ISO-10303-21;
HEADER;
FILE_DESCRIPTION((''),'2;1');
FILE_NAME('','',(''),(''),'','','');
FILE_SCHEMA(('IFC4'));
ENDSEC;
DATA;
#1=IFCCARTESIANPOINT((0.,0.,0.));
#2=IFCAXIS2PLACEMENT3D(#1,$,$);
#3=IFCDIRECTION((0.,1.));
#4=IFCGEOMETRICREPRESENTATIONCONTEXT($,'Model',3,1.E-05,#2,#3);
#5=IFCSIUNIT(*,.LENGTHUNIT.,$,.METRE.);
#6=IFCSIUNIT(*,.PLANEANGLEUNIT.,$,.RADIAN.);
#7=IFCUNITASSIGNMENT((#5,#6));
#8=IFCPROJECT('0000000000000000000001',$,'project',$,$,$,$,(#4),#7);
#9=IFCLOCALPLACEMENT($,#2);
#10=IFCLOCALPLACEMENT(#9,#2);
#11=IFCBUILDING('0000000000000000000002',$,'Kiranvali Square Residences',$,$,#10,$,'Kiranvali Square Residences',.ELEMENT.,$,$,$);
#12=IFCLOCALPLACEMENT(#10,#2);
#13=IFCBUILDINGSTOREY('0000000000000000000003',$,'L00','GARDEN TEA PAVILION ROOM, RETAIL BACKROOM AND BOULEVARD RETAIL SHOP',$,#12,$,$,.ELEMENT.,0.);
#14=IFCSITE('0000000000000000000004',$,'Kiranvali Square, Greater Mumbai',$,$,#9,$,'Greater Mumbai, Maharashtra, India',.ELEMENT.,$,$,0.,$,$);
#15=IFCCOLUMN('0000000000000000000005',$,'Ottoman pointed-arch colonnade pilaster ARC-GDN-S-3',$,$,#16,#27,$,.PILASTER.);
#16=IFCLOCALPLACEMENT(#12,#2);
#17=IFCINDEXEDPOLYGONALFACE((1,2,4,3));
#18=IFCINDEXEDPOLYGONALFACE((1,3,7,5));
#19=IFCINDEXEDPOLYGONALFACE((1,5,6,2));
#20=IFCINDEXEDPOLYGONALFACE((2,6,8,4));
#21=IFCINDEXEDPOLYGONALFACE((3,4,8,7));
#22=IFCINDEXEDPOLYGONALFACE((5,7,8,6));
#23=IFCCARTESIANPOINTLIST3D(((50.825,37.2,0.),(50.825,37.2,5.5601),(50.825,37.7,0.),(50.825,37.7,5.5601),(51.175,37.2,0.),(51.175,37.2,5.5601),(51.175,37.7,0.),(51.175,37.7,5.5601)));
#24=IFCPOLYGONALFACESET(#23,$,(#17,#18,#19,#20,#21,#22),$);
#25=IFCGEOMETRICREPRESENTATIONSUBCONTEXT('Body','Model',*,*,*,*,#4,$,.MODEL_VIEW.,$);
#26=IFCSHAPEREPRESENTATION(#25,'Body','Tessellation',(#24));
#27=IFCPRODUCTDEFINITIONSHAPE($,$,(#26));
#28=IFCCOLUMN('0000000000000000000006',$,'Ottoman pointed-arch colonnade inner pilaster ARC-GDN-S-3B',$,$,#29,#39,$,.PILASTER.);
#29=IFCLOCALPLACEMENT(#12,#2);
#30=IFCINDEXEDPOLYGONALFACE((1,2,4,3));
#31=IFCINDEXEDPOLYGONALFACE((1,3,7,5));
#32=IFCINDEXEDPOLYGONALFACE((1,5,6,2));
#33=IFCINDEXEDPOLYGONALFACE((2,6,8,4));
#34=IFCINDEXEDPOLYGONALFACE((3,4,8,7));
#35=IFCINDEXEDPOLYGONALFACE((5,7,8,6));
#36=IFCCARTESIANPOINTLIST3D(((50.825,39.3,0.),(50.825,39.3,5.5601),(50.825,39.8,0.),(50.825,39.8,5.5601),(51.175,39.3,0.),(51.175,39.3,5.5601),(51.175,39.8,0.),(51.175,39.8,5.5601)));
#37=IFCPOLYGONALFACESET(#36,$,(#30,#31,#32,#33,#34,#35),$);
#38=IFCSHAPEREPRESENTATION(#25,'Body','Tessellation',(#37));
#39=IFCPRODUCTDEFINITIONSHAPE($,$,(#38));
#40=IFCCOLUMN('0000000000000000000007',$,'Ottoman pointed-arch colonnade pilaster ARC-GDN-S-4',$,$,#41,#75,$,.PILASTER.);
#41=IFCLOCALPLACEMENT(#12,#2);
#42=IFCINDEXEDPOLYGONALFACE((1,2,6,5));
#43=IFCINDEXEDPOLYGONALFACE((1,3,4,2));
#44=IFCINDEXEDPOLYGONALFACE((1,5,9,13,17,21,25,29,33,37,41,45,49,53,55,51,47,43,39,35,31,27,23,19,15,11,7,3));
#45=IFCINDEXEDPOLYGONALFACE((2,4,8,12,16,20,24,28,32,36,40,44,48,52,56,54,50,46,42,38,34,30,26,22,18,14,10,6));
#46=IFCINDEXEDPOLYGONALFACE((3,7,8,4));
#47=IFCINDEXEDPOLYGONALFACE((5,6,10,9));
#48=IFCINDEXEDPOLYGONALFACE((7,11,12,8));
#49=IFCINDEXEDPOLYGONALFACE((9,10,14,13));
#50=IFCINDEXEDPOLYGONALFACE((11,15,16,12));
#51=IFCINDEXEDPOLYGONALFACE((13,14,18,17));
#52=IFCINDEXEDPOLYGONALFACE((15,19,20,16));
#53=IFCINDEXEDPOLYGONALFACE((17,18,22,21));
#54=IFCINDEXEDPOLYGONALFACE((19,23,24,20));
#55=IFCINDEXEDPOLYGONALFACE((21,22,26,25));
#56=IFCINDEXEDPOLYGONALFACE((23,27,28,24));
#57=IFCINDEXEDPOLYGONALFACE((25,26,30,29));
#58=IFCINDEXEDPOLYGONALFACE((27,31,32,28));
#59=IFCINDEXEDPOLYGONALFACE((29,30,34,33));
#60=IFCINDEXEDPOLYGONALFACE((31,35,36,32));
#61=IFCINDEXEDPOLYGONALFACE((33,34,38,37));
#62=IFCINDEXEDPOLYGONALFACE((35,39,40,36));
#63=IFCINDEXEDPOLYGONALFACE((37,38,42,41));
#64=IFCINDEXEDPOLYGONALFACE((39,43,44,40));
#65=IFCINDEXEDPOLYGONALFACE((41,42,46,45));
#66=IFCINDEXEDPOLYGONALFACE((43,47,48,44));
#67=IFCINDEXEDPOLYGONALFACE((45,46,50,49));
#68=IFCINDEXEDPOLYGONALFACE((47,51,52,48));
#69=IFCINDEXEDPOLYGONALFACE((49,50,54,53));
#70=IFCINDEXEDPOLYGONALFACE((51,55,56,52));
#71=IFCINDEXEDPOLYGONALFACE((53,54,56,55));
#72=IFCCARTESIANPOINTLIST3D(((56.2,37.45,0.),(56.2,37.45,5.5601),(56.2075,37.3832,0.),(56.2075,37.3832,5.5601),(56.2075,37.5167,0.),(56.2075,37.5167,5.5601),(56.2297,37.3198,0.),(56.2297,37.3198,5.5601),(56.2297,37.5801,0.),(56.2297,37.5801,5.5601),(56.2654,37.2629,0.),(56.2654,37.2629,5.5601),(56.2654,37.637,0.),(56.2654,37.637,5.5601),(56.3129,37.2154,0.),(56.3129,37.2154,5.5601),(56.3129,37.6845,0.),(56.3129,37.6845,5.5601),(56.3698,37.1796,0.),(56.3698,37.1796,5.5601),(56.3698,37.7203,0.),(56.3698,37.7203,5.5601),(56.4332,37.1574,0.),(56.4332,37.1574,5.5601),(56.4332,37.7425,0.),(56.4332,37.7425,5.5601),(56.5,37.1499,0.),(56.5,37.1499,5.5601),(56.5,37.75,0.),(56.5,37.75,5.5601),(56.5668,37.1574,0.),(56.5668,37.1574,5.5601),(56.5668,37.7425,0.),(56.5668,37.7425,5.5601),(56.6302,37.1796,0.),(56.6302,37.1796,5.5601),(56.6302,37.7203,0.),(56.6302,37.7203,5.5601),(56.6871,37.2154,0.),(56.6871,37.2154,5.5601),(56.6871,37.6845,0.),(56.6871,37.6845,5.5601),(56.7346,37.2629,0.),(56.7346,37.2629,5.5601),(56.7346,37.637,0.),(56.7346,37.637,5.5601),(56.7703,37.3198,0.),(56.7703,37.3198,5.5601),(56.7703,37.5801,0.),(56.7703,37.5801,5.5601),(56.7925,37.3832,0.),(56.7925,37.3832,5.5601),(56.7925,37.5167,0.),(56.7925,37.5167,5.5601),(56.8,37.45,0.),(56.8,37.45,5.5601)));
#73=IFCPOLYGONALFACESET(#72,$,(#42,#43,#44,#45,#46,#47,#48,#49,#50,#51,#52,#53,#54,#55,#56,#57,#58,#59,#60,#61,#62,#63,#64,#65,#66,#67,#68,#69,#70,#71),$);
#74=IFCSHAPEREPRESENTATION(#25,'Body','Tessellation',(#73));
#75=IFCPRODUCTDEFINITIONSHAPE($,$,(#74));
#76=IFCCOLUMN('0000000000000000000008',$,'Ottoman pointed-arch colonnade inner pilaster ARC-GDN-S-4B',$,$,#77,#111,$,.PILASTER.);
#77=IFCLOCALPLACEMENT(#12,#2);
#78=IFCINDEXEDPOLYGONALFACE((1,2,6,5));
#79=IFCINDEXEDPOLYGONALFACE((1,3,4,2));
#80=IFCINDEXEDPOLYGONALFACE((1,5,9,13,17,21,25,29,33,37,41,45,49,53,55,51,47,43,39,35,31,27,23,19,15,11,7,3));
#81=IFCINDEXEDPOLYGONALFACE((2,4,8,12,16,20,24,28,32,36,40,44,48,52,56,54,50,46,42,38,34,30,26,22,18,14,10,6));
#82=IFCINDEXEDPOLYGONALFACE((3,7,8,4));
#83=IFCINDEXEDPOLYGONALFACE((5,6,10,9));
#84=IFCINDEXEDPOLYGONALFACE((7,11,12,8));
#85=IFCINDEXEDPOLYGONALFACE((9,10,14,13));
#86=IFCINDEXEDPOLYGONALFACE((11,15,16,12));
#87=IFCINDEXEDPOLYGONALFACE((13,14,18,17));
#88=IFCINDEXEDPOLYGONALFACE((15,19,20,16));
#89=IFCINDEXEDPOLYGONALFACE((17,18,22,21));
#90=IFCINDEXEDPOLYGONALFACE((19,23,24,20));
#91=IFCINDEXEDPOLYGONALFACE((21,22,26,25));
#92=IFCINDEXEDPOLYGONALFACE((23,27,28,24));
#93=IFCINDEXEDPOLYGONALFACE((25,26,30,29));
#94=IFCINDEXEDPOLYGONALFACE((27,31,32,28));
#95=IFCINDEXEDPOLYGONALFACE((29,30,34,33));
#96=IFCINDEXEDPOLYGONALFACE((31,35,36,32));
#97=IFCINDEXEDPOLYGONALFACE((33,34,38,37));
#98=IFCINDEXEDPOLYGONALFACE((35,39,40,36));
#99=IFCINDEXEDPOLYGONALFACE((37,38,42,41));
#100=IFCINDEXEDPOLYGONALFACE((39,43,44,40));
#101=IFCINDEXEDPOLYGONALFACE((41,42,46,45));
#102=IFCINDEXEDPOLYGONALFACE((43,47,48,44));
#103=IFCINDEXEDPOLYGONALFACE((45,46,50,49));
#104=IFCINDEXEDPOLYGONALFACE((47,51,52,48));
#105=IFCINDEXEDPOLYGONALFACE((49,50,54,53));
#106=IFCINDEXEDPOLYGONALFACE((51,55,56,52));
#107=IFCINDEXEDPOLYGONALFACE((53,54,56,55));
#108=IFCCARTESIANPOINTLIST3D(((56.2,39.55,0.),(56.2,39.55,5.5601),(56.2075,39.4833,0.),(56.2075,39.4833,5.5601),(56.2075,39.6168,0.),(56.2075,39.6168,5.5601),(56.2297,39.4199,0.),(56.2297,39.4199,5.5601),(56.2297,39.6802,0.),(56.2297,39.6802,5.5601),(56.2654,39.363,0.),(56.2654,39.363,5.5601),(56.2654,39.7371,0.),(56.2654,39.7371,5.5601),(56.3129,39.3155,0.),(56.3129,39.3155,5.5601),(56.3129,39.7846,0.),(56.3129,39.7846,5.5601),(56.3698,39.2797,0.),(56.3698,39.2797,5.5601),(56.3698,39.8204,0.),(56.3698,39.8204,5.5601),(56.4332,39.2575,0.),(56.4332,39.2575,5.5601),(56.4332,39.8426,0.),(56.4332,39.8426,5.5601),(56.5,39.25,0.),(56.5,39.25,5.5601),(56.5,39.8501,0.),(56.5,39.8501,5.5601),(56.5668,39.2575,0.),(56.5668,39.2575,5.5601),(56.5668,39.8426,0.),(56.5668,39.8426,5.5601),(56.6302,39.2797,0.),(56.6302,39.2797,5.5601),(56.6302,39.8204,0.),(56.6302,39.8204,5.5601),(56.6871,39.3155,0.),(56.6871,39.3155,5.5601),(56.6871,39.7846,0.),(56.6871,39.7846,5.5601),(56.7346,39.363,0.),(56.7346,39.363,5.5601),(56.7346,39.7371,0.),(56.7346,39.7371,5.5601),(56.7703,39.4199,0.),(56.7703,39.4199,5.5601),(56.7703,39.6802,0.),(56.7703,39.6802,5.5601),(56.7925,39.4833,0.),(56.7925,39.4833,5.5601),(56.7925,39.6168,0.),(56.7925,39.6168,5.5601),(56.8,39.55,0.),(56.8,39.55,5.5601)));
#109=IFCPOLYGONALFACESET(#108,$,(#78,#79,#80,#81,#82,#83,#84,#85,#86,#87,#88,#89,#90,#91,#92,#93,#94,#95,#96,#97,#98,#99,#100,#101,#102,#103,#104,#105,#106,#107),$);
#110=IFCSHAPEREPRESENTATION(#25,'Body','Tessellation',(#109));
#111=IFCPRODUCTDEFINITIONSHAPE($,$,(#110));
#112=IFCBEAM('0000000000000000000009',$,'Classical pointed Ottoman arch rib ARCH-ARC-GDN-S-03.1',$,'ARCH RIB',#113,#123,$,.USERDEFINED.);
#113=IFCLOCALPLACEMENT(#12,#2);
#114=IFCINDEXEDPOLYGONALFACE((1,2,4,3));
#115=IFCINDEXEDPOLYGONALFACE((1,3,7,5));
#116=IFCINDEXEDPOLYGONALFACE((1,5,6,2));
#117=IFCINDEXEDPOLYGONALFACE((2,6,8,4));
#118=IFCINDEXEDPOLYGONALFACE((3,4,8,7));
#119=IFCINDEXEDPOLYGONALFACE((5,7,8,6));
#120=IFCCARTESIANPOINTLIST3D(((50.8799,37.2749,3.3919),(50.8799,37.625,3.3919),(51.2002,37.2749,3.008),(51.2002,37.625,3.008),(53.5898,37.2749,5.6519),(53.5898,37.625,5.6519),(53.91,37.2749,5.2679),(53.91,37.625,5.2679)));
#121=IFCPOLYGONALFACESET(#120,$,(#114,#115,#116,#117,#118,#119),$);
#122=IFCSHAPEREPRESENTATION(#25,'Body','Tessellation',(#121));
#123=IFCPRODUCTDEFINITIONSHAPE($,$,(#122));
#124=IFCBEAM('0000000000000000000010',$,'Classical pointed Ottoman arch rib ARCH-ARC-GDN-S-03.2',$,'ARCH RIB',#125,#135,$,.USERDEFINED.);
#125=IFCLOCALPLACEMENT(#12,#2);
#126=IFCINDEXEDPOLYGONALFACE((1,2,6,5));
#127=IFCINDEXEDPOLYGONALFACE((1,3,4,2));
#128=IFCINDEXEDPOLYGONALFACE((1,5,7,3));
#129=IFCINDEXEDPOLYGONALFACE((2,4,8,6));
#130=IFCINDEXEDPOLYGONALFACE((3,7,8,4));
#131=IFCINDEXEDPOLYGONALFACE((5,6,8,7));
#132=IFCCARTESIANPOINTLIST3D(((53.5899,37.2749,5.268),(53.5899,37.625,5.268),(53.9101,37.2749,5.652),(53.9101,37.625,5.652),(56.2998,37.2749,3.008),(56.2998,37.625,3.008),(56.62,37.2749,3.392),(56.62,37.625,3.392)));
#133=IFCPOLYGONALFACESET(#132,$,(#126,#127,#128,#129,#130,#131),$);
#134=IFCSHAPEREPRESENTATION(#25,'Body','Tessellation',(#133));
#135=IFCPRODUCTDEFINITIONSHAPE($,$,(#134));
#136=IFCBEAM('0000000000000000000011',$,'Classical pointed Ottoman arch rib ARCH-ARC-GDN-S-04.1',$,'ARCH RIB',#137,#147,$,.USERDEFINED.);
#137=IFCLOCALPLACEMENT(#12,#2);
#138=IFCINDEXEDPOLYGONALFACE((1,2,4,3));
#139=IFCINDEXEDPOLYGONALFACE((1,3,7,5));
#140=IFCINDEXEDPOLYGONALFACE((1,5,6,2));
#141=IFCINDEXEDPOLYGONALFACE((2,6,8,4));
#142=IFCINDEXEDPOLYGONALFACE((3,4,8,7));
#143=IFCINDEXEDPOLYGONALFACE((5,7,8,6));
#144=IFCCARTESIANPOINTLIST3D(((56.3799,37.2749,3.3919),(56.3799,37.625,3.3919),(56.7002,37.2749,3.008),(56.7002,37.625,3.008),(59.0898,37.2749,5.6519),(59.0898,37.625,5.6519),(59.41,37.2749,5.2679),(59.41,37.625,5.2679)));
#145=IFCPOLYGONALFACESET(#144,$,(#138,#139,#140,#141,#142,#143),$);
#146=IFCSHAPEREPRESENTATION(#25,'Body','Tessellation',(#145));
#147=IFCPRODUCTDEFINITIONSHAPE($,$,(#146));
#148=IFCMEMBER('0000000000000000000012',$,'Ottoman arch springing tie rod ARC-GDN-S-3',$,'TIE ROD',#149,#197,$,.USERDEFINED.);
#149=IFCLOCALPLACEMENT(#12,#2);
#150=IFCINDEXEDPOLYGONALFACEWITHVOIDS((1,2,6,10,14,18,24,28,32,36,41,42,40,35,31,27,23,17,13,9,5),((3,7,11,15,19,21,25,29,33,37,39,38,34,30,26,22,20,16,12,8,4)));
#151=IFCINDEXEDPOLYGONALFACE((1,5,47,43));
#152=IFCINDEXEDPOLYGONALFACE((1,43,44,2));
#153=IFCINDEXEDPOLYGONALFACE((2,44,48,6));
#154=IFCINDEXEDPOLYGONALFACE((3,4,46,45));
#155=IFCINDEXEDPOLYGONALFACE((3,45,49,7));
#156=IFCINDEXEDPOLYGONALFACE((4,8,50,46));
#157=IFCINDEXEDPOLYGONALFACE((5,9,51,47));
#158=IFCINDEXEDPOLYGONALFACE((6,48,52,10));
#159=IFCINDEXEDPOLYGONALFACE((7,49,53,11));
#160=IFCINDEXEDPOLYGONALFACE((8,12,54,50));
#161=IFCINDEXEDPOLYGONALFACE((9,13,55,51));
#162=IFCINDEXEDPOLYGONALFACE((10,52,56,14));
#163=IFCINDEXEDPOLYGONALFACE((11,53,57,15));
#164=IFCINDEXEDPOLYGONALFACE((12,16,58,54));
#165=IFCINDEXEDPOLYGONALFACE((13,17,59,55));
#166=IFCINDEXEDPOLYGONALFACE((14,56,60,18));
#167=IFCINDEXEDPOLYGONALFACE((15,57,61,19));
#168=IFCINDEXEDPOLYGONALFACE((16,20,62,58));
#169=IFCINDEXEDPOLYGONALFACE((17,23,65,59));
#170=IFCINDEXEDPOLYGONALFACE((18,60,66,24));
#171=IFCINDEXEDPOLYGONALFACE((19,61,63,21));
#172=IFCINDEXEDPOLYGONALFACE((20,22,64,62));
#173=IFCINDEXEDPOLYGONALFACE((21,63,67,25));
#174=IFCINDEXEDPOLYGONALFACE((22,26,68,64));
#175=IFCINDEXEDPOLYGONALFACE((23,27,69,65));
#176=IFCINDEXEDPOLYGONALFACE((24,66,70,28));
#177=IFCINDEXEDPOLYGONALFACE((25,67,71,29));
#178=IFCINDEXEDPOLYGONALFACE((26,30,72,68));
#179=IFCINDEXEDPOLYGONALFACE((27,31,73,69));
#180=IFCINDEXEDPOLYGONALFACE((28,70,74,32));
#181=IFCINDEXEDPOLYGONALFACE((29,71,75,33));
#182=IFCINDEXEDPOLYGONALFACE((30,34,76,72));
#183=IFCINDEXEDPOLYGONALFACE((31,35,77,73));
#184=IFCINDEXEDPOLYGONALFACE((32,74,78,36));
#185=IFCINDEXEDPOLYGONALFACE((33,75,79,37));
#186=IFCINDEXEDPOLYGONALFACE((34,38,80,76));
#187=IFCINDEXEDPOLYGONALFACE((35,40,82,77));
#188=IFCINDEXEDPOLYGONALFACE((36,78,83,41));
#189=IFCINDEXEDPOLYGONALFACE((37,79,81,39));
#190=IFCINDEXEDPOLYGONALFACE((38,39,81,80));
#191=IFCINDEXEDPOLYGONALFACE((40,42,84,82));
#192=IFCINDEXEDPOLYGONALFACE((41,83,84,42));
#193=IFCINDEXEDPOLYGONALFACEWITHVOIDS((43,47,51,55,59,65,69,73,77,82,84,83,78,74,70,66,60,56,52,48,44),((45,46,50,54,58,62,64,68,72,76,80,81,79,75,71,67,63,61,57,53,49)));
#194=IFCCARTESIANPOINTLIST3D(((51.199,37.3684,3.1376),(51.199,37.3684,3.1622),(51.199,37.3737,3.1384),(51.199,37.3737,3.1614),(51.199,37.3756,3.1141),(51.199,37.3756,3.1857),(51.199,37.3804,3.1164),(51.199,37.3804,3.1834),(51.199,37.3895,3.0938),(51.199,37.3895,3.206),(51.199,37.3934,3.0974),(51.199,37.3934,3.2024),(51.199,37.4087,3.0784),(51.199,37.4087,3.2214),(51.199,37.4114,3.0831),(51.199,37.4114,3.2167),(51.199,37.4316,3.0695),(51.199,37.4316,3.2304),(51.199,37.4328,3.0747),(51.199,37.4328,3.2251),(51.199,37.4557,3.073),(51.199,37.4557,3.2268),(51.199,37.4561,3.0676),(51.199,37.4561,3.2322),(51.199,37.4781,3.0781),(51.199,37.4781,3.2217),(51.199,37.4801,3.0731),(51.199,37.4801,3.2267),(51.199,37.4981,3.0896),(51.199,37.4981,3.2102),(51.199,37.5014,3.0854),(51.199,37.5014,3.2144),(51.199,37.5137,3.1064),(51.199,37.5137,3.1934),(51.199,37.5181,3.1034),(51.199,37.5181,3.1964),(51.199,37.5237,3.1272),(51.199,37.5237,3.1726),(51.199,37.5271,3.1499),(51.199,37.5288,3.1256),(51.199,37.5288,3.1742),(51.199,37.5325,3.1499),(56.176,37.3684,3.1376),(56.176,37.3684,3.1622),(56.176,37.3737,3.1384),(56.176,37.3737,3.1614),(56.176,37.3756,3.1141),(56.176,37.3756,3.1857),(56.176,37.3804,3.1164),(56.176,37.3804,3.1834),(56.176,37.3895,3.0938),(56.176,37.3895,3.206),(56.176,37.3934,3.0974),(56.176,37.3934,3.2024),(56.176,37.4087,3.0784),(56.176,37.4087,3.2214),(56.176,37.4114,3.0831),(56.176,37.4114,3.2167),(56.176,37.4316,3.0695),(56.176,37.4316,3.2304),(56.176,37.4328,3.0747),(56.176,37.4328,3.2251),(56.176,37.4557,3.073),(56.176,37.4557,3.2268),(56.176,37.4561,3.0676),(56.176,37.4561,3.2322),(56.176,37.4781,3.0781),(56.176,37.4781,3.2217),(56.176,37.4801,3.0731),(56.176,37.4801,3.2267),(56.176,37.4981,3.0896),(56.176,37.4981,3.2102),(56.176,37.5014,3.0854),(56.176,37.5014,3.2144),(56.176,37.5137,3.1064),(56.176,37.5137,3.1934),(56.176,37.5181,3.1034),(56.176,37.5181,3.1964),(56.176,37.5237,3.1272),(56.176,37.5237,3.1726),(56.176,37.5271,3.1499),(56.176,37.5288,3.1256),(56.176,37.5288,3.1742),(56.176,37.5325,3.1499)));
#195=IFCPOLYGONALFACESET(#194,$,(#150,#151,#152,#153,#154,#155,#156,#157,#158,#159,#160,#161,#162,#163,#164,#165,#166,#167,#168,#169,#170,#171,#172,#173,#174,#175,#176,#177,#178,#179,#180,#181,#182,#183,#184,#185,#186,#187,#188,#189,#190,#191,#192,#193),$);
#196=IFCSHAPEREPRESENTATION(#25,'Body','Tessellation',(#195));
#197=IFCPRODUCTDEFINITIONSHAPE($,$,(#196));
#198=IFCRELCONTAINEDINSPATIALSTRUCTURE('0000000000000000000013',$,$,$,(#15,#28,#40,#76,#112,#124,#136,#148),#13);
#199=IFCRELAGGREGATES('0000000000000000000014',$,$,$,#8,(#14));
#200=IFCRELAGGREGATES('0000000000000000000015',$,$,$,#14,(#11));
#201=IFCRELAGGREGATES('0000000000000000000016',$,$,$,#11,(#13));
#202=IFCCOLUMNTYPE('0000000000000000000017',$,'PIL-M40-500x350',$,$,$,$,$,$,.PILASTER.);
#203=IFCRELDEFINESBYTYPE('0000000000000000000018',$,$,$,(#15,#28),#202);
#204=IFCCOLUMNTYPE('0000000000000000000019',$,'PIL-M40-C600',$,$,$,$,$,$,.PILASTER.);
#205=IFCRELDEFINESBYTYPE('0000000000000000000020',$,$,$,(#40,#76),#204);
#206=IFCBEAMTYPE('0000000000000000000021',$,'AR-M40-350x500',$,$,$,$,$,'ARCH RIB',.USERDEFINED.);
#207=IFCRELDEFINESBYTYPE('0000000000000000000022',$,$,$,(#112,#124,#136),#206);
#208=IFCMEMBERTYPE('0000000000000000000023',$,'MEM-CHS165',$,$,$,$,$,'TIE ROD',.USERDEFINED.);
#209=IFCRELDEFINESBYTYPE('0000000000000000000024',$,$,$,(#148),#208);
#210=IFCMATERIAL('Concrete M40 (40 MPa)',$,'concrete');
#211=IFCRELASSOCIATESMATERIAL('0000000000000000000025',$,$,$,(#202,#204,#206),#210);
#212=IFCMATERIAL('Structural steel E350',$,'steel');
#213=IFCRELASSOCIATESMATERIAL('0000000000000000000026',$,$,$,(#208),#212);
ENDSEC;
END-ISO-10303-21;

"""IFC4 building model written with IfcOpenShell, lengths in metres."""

from ifc_helpers import new_model, si_unit, direction, frame, origin, origin_2d, place, context, subcontext, project, spatial, rectangle, circle, hollow_circle, extrude, material, material_profile, profile_set, type_object, element, save


model = new_model("IFC4")

# Units and contexts
model_context = context("Model", 3, precision=1e-05, world=origin(), true_north=direction((0.0, 1.0)))
body_context = subcontext(model_context, "Body", "Model", "MODEL_VIEW")
ifc_project = project(units=[si_unit("LENGTHUNIT", "METRE"), si_unit("PLANEANGLEUNIT", "RADIAN")], contexts=[model_context])

# Site, building, storey
site_placement = place(None, origin())
site = spatial("IfcSite", under=ifc_project, at=site_placement, Name="Kiranvali Square, Greater Mumbai", LongName="Greater Mumbai, Maharashtra, India", CompositionType="ELEMENT", RefElevation=0.0)
building_placement = place(site_placement, origin())
building = spatial("IfcBuilding", under=site, at=building_placement, Name="Kiranvali Square Residences", LongName="Kiranvali Square Residences", CompositionType="ELEMENT")
storey_placement = place(building_placement, origin())
storey = spatial("IfcBuildingStorey", under=building, at=storey_placement, Name="L00", Description="GARDEN TEA PAVILION ROOM, RETAIL BACKROOM AND BOULEVARD RETAIL SHOP", CompositionType="ELEMENT", Elevation=0.0)

# Columns
ifc_material_1 = material(Name="Concrete M40 (40 MPa)", Category="concrete")
ifc_material_profile_1 = material_profile(ifc_material_1, rectangle(XDim=0.3501, YDim=0.5, at=origin_2d()), Name="RC 500x350")
ifc_profile_set_1 = profile_set([ifc_material_profile_1], Name="Concrete M40 (40 MPa)")
column_type_1 = type_object("IfcColumnType", Name="PIL-M40-500x350", PredefinedType="PILASTER", material=ifc_profile_set_1)
for number, where, z_axis, x_axis, name in (
    (1, (51.0, 37.45, 0.0), (0.0, 0.0, 1.0), (1.0, 0.0, 0.0), "Ottoman pointed-arch colonnade pilaster ARC-GDN-S-3"),
    (2, (51.0, 39.55, 0.0), (0.0, 0.0, 1.0), (1.0, 0.0, 0.0), "Ottoman pointed-arch colonnade inner pilaster ARC-GDN-S-3B"),
):
    element("IfcColumn", number, at=place(storey_placement, frame(where, z_axis=z_axis, x_axis=x_axis)), inside=storey, type_object=column_type_1, Name=name, PredefinedType="PILASTER", context=body_context, shape_type="SweptSolid", body=[
        extrude(rectangle(XDim=0.3501, YDim=0.5, at=origin_2d()), origin(), (0.0, 0.0, 1.0), 5.5601),
    ])
ifc_material_profile_2 = material_profile(ifc_material_1, circle(Radius=0.3, at=origin_2d()), Name="RC-CIRC 600")
ifc_profile_set_2 = profile_set([ifc_material_profile_2], Name="Concrete M40 (40 MPa)")
column_type_2 = type_object("IfcColumnType", Name="PIL-M40-C600", PredefinedType="PILASTER", material=ifc_profile_set_2)
for number, where, z_axis, x_axis, name in (
    (3, (56.5, 37.45, 0.0), (0.0, 0.0, 1.0), (1.0, 0.0, 0.0), "Ottoman pointed-arch colonnade pilaster ARC-GDN-S-4"),
    (4, (56.5, 39.55, 0.0), (0.0, 0.0, 1.0), (1.0, 0.0, 0.0), "Ottoman pointed-arch colonnade inner pilaster ARC-GDN-S-4B"),
):
    element("IfcColumn", number, at=place(storey_placement, frame(where, z_axis=z_axis, x_axis=x_axis)), inside=storey, type_object=column_type_2, Name=name, PredefinedType="PILASTER", context=body_context, shape_type="SweptSolid", body=[
        extrude(circle(Radius=0.3, at=origin_2d()), origin(), (0.0, 0.0, 1.0), 5.5601),
    ])

# Beams
ifc_material_profile_3 = material_profile(ifc_material_1, rectangle(XDim=0.3501, YDim=0.5, at=origin_2d()), Name="RC 350x500")
ifc_profile_set_3 = profile_set([ifc_material_profile_3], Name="Concrete M40 (40 MPa)")
beam_type_1 = type_object("IfcBeamType", Name="AR-M40-350x500", ElementType="ARCH RIB", PredefinedType="USERDEFINED", material=ifc_profile_set_3)
for number, where, z_axis, x_axis, name in (
    (5, (51.04, 37.45, 3.2), (0.767983, 0.0, 0.64047), (0.0, 1.0, 0.0), "Classical pointed Ottoman arch rib ARCH-ARC-GDN-S-03.1"),
    (6, (53.75, 37.45, 5.46), (0.767983, 0.0, -0.64047), (0.0, 1.0, 0.0), "Classical pointed Ottoman arch rib ARCH-ARC-GDN-S-03.2"),
    (7, (56.54, 37.45, 3.2), (0.767983, 0.0, 0.64047), (0.0, 1.0, 0.0), "Classical pointed Ottoman arch rib ARCH-ARC-GDN-S-04.1"),
):
    element("IfcBeam", number, at=place(storey_placement, frame(where, z_axis=z_axis, x_axis=x_axis)), inside=storey, type_object=beam_type_1, Name=name, ObjectType="ARCH RIB", PredefinedType="USERDEFINED", context=body_context, shape_type="SweptSolid", body=[
        extrude(rectangle(XDim=0.3501, YDim=0.5, at=origin_2d()), origin(), (0.0, 0.0, 1.0), 3.5286),
    ])

# Member
ifc_material_2 = material(Name="Structural steel E350", Category="steel")
ifc_material_profile_4 = material_profile(ifc_material_2, hollow_circle(Radius=0.0825, WallThickness=0.0054, at=origin_2d()), Name="CHS 165.1x5.4")
ifc_profile_set_4 = profile_set([ifc_material_profile_4], Name="Structural steel E350")
member_type_1 = type_object("IfcMemberType", Name="MEM-CHS165", ElementType="TIE ROD", PredefinedType="USERDEFINED", material=ifc_profile_set_4)
member_1_placement = place(storey_placement, frame((51.199, 37.45, 3.1499), z_axis=(1.0, 0.0, 0.0), x_axis=(0.0, 1.0, 0.0)))
element("IfcMember", 8, at=member_1_placement, inside=storey, type_object=member_type_1, Name="Ottoman arch springing tie rod ARC-GDN-S-3", ObjectType="TIE ROD", PredefinedType="USERDEFINED", context=body_context, shape_type="SweptSolid", body=[
    extrude(hollow_circle(Radius=0.0825, WallThickness=0.0054, at=origin_2d()), origin(), (0.0, 0.0, 1.0), 4.9771),
])

save(model, "model.ifc")
